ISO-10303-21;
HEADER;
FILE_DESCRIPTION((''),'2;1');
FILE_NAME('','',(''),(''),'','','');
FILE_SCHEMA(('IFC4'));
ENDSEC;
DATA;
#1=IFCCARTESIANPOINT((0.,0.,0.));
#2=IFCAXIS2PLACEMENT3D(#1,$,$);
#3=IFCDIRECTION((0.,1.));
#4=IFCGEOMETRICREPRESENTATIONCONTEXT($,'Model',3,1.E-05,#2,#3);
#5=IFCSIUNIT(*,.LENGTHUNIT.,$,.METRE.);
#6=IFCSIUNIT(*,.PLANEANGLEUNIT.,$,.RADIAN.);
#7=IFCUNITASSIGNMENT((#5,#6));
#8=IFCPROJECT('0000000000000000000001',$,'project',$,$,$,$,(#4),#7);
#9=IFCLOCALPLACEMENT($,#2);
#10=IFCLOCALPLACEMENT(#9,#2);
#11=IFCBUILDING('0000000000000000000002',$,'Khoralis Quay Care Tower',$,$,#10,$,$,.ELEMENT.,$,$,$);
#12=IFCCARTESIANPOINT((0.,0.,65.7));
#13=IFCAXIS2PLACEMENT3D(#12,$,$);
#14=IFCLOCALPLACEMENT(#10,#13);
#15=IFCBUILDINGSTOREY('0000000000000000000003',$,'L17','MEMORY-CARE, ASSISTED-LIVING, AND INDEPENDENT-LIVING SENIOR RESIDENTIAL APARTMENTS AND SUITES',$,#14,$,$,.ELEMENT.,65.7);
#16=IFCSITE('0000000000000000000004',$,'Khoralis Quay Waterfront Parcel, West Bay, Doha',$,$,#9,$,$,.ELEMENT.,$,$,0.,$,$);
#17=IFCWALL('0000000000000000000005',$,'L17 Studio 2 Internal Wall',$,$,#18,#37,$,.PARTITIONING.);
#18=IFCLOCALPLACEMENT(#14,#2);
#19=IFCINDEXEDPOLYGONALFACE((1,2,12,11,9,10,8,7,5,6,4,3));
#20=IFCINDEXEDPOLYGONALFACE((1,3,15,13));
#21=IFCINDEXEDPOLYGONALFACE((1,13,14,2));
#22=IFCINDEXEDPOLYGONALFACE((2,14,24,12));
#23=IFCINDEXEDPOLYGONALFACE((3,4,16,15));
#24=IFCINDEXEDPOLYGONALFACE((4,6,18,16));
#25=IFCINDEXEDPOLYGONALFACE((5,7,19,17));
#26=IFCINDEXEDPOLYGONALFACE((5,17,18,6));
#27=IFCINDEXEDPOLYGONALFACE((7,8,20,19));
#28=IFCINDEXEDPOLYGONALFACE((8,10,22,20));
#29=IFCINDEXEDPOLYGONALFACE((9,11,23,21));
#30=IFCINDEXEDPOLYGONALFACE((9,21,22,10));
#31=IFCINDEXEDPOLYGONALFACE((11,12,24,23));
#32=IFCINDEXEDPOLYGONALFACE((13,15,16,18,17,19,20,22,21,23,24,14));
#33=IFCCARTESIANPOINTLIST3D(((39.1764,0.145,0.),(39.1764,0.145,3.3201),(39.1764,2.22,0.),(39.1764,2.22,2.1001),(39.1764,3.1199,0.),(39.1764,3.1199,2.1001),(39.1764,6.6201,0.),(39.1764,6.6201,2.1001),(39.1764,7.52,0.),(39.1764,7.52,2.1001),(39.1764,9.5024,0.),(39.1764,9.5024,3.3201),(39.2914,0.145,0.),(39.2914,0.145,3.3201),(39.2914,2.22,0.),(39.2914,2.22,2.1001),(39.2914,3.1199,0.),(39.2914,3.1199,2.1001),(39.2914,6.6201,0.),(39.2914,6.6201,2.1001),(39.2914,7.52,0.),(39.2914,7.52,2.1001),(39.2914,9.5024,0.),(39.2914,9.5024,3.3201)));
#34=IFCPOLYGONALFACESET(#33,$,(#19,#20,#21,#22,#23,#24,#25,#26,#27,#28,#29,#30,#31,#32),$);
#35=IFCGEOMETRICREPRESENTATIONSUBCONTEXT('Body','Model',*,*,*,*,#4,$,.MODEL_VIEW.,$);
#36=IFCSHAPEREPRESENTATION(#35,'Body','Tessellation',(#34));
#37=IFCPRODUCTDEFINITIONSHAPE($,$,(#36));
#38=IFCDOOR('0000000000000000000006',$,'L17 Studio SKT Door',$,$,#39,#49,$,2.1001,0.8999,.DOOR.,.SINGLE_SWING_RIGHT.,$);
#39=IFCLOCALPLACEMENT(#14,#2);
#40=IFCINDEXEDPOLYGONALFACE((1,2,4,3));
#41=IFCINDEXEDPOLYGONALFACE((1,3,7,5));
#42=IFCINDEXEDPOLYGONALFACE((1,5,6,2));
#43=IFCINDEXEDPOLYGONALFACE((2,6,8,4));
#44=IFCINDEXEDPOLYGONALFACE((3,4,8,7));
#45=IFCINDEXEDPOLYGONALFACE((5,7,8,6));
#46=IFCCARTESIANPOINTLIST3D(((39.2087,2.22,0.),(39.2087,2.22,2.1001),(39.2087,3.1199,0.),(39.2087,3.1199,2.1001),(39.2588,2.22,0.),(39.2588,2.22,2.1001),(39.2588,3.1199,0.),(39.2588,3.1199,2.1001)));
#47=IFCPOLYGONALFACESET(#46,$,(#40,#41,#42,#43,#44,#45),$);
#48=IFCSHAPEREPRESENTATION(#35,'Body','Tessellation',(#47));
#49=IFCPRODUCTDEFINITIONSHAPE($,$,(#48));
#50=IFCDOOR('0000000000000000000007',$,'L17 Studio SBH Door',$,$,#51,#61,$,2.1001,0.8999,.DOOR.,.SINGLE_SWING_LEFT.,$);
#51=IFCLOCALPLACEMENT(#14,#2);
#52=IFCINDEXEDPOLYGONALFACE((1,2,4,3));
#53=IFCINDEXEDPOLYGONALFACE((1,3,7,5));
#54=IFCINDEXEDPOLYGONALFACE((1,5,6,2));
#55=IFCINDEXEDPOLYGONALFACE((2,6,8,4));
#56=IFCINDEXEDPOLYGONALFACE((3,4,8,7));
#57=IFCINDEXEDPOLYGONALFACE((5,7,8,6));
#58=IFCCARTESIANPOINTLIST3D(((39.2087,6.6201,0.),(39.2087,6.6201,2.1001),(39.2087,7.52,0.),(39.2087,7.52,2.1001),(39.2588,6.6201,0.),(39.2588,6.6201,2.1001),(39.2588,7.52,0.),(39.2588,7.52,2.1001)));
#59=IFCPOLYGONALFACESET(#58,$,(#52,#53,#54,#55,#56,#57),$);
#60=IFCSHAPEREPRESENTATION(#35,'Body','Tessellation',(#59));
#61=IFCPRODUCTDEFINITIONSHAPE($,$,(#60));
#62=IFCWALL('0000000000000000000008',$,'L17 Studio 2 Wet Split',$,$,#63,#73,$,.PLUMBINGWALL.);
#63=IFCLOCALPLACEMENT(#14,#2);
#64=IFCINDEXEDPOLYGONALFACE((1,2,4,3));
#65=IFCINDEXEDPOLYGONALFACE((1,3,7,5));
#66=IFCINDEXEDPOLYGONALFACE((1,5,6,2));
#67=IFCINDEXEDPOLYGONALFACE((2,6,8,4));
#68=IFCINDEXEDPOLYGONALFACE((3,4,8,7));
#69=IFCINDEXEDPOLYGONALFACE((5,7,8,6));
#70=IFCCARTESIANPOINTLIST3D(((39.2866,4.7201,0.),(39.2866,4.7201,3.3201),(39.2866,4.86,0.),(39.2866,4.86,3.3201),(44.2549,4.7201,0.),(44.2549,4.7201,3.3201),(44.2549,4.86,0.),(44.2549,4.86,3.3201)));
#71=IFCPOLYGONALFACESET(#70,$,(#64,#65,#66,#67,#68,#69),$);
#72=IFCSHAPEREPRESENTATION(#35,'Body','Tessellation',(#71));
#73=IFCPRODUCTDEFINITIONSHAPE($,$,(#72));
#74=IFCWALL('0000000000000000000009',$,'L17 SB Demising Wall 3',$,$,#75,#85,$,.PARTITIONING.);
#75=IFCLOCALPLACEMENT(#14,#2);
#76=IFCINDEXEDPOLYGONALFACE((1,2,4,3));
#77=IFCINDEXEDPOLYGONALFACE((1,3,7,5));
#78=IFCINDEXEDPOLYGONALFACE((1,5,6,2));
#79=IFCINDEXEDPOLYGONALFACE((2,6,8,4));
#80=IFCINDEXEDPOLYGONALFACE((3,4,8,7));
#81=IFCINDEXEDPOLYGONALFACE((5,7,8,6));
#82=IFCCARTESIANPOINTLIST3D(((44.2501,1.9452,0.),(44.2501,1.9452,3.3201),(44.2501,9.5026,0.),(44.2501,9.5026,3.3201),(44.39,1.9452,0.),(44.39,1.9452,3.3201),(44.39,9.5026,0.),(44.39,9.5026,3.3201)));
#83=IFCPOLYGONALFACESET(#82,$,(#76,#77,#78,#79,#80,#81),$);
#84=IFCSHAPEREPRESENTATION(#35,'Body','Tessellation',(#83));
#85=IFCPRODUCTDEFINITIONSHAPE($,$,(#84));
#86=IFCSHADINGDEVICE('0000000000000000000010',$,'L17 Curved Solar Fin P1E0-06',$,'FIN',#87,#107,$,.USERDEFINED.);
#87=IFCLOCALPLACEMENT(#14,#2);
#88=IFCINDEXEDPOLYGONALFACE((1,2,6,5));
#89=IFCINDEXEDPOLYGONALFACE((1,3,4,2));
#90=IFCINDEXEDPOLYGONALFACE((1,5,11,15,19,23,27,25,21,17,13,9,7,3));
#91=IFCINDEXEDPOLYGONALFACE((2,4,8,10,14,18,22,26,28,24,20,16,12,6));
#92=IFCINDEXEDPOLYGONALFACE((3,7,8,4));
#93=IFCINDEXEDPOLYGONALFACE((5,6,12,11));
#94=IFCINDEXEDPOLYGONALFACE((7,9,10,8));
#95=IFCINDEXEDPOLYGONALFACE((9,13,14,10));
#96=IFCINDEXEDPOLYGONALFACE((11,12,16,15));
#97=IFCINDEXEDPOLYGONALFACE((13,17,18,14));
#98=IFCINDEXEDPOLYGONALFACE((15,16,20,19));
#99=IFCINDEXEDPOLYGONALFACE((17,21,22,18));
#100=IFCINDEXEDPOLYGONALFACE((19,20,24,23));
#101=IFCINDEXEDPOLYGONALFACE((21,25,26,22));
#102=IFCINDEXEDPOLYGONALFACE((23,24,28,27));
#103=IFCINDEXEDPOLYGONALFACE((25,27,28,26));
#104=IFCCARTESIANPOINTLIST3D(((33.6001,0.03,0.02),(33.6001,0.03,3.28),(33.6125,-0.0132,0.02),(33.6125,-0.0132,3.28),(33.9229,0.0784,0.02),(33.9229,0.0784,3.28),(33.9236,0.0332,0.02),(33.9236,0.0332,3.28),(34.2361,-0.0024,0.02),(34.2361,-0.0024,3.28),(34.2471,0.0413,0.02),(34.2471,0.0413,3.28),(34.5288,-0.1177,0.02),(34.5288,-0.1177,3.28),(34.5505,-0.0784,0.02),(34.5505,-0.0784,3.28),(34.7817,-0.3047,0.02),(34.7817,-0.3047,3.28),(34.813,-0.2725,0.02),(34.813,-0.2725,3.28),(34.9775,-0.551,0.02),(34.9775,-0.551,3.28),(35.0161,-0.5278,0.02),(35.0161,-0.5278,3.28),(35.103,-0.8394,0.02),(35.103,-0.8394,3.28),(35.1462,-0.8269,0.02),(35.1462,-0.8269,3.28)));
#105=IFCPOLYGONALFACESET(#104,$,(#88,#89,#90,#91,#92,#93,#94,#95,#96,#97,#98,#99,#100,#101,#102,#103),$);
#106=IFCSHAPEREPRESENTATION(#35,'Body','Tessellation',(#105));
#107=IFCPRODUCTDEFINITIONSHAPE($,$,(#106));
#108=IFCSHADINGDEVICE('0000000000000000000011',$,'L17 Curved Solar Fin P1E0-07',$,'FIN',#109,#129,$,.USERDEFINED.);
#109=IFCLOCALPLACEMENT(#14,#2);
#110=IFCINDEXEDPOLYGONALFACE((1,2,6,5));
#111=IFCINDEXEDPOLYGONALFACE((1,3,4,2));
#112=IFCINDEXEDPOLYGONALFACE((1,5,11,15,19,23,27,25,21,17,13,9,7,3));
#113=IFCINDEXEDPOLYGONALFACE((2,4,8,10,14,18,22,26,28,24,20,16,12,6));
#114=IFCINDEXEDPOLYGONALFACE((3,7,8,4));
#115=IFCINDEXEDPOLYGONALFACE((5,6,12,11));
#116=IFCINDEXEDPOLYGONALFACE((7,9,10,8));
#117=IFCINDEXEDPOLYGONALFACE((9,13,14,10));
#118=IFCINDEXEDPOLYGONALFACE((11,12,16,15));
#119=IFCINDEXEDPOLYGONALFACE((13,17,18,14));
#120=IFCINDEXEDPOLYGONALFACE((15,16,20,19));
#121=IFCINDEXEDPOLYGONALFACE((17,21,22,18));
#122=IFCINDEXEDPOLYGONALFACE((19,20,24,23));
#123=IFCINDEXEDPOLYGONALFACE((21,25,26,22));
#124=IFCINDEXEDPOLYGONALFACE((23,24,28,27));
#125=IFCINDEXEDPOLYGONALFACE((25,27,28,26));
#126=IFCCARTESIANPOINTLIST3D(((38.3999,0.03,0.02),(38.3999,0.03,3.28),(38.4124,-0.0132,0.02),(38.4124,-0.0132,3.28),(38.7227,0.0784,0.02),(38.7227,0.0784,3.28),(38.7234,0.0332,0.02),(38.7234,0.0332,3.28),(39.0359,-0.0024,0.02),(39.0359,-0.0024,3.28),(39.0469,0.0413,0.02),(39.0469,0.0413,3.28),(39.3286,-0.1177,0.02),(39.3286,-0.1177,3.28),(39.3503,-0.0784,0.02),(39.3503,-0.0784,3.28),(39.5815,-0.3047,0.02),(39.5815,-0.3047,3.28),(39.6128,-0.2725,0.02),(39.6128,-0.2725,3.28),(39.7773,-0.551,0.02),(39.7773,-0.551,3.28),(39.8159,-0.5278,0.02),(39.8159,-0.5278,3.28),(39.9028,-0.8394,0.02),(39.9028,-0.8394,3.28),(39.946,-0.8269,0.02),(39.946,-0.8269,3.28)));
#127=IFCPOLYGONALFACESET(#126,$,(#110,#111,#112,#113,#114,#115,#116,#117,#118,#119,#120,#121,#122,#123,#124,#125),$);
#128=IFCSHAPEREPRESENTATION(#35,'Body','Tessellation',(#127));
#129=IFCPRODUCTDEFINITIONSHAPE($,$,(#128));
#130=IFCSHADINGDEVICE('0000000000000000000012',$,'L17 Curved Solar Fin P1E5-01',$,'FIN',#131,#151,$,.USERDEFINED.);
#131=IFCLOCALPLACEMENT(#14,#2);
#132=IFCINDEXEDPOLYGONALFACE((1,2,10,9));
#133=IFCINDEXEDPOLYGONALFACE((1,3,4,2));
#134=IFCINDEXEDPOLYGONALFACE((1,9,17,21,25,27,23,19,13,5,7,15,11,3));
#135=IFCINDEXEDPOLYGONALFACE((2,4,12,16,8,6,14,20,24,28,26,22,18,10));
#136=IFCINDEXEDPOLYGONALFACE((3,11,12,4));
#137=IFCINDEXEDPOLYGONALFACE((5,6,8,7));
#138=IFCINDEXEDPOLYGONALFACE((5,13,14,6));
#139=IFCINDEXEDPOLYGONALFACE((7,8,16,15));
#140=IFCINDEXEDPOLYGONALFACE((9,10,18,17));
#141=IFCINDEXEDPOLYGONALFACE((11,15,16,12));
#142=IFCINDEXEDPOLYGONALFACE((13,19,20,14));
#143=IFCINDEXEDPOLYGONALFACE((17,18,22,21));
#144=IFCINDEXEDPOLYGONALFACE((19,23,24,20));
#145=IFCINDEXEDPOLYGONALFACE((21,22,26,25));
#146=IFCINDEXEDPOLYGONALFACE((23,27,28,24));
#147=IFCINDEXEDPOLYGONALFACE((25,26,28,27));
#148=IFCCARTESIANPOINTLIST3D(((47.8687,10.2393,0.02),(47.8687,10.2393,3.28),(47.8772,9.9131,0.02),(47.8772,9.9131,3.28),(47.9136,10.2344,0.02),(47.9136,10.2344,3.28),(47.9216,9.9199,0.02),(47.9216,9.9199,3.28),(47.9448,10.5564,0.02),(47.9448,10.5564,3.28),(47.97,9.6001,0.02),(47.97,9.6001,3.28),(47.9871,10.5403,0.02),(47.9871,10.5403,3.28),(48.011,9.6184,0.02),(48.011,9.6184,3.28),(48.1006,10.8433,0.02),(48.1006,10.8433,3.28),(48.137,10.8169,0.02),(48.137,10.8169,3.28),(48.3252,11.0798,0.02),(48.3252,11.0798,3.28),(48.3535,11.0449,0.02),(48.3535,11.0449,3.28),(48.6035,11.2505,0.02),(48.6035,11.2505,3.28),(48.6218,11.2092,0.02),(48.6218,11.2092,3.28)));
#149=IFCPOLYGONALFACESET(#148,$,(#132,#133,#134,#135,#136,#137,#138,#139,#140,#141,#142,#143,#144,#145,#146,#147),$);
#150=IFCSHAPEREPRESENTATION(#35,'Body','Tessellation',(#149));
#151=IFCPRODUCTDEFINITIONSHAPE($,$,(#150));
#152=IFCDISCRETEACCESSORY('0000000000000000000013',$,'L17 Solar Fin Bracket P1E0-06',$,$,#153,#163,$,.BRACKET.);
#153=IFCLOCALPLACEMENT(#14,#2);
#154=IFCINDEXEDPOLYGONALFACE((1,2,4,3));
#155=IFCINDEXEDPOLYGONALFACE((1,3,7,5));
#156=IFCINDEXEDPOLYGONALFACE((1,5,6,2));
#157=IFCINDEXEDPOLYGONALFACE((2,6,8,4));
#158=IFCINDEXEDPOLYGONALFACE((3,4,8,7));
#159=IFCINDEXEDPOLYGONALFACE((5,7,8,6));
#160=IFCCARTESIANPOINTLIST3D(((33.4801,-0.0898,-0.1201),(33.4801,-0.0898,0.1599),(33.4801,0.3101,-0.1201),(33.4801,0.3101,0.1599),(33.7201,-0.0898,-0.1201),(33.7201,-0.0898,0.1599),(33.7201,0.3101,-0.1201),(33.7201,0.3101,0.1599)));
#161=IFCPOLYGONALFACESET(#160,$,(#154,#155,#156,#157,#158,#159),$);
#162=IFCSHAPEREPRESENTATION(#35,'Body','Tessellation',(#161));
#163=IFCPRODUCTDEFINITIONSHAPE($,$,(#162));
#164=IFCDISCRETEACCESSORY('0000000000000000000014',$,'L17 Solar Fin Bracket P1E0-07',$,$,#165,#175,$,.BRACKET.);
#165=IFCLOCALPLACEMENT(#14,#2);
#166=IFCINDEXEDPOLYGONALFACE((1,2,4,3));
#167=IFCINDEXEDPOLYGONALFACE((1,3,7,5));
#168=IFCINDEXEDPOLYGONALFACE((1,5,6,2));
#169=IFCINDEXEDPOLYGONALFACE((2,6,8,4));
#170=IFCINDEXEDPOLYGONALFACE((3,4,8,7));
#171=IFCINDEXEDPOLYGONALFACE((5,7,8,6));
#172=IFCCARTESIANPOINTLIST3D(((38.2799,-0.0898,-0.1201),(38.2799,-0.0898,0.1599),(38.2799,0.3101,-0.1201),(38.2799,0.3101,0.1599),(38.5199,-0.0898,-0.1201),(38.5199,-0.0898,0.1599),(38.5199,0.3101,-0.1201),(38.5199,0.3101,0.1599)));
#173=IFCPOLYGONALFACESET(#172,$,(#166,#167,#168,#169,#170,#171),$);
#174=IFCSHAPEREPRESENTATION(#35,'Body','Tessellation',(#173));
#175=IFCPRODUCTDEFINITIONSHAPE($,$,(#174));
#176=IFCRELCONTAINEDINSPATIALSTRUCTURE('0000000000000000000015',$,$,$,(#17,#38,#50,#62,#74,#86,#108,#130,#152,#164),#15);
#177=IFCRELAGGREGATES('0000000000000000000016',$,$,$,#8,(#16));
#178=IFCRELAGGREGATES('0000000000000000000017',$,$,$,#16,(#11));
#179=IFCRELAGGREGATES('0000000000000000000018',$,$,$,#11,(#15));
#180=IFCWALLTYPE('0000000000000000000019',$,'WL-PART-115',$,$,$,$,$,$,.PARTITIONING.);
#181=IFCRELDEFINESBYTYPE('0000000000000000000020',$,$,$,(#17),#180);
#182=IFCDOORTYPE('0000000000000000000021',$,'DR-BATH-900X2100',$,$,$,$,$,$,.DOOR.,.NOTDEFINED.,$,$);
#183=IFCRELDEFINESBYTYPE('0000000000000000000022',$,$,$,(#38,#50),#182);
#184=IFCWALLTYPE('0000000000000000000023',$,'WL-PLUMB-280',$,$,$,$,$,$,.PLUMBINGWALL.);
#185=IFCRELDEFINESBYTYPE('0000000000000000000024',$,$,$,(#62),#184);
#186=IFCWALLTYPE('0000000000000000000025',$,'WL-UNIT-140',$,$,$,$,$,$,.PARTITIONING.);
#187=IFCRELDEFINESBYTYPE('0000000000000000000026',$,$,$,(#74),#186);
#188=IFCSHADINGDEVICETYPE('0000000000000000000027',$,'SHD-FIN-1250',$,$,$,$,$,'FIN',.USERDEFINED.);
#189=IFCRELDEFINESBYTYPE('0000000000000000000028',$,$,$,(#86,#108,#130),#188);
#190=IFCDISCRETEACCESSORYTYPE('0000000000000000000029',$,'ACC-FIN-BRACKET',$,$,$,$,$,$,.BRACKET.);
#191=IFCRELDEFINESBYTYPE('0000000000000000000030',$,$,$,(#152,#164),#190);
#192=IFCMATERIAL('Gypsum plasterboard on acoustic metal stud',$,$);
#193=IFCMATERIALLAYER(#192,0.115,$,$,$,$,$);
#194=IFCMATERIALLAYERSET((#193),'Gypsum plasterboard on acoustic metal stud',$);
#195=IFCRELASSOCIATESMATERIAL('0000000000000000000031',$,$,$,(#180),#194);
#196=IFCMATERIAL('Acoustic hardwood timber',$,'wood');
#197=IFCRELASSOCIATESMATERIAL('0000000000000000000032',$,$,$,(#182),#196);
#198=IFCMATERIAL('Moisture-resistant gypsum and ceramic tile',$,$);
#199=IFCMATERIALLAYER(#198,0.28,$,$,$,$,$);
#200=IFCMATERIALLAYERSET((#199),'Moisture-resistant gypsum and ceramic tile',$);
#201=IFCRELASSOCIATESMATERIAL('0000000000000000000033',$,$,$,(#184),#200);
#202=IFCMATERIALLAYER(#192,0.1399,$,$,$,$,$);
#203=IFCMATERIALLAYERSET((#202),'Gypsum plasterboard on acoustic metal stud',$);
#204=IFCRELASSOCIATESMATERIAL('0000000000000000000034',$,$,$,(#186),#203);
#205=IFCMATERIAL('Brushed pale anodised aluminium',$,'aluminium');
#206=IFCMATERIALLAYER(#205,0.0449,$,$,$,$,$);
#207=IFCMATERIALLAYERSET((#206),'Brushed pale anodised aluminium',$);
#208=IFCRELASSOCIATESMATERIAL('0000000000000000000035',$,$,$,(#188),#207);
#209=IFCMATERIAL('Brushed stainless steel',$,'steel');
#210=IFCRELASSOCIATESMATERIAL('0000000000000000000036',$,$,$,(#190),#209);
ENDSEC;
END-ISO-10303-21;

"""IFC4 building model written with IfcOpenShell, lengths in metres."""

from ifc_helpers import new_model, si_unit, direction, frame, frame_2d, origin, origin_2d, place, context, subcontext, project, spatial, polyline, rectangle, outline, extrude, source, transform, mapped, material, layer, layer_set, type_object, element, fill, save


model = new_model("IFC4")

# Units and contexts
model_context = context("Model", 3, precision=1e-05, world=origin(), true_north=direction((0.0, 1.0)))
body_context = subcontext(model_context, "Body", "Model", "MODEL_VIEW")
ifc_project = project(units=[si_unit("LENGTHUNIT", "METRE"), si_unit("PLANEANGLEUNIT", "RADIAN")], contexts=[model_context])

# Site, building, storey
site_placement = place(None, origin())
site = spatial("IfcSite", under=ifc_project, at=site_placement, Name="Khoralis Quay Waterfront Parcel, West Bay, Doha", CompositionType="ELEMENT", RefElevation=0.0)
building_placement = place(site_placement, origin())
building = spatial("IfcBuilding", under=site, at=building_placement, Name="Khoralis Quay Care Tower", CompositionType="ELEMENT")
storey_placement = place(building_placement, frame((0.0, 0.0, 65.7)))
storey = spatial("IfcBuildingStorey", under=building, at=storey_placement, Name="L17", Description="MEMORY-CARE, ASSISTED-LIVING, AND INDEPENDENT-LIVING SENIOR RESIDENTIAL APARTMENTS AND SUITES", CompositionType="ELEMENT", Elevation=65.7)

# Shared definitions
ifc_material_1 = material(Name="Gypsum plasterboard on acoustic metal stud")

# Shared definitions
ifc_material_2 = material(Name="Acoustic hardwood timber", Category="wood")

# Wall, openings, doors
ifc_layer_1 = layer(ifc_material_1, 0.115)
ifc_layer_set_1 = layer_set([ifc_layer_1], Name="Gypsum plasterboard on acoustic metal stud")
wall_type_1 = type_object("IfcWallType", Name="WL-PART-115", PredefinedType="PARTITIONING", material=ifc_layer_set_1)
wall_1_placement = place(storey_placement, frame((39.2339, 0.145, 0.0), z_axis=(0.0, 0.0, 1.0), x_axis=(0.0, 1.0, 0.0)))
wall_1 = element("IfcWall", 1, at=wall_1_placement, inside=storey, type_object=wall_type_1, Name="L17 Studio 2 Internal Wall", PredefinedType="PARTITIONING", context=body_context, shape_type="SweptSolid", body=[
    extrude(rectangle(XDim=9.3574, YDim=0.115, at=frame_2d((4.6787, 0.0))), origin(), (0.0, 0.0, 1.0), 3.3201),
])
opening_1_placement = place(wall_1_placement, frame((2.075, 0.0, 0.0)))
opening_1 = element("IfcOpeningElement", 2, at=opening_1_placement, cuts=wall_1, PredefinedType="OPENING", context=body_context, shape_type="SweptSolid", body=[
    extrude(rectangle(XDim=0.8999, YDim=2.1001, at=frame_2d((0.45, 1.05))), frame((0.0, 0.0674, 0.0), z_axis=(0.0, -1.0, 0.0), x_axis=(1.0, 0.0, 0.0)), (0.0, 0.0, 1.0), 0.135),
])
opening_2_placement = place(wall_1_placement, frame((6.4751, 0.0, 0.0)))
opening_2 = element("IfcOpeningElement", 3, at=opening_2_placement, cuts=wall_1, PredefinedType="OPENING", context=body_context, shape_type="SweptSolid", body=[
    extrude(rectangle(XDim=0.8999, YDim=2.1001, at=frame_2d((0.45, 1.05))), frame((0.0, 0.0674, 0.0), z_axis=(0.0, -1.0, 0.0), x_axis=(1.0, 0.0, 0.0)), (0.0, 0.0, 1.0), 0.135),
])
door_type_1 = type_object("IfcDoorType", Name="DR-BATH-900X2100", OperationType="NOTDEFINED", PredefinedType="DOOR", material=ifc_material_2)
shared_shape_1 = source(origin(), body_context, "Body", "SweptSolid", [
    extrude(rectangle(XDim=0.8999, YDim=2.1001, at=frame_2d((0.45, 1.05))), frame((0.0, 0.0249, 0.0), z_axis=(0.0, -1.0, 0.0), x_axis=(1.0, 0.0, 0.0)), (0.0, 0.0, 1.0), 0.05),
])
door_1_placement = place(opening_1_placement, frame((0.8999, 0.0, 0.0), z_axis=(0.0, 0.0, 1.0), x_axis=(-1.0, 0.0, 0.0)))
door_1 = element("IfcDoor", 4, at=door_1_placement, inside=storey, type_object=door_type_1, Name="L17 Studio SKT Door", OperationType="SINGLE_SWING_RIGHT", OverallHeight=2.1001, OverallWidth=0.8999, PredefinedType="DOOR", context=body_context, shape_type="MappedRepresentation", body=[
    mapped(shared_shape_1, transform((0.0, 0.0, 0.0), scale=1.0)),
])
fill(opening_1, door_1)
door_2_placement = place(opening_2_placement, frame((0.8999, 0.0, 0.0), z_axis=(0.0, 0.0, 1.0), x_axis=(-1.0, 0.0, 0.0)))
door_2 = element("IfcDoor", 5, at=door_2_placement, inside=storey, type_object=door_type_1, Name="L17 Studio SBH Door", OperationType="SINGLE_SWING_LEFT", OverallHeight=2.1001, OverallWidth=0.8999, PredefinedType="DOOR", context=body_context, shape_type="MappedRepresentation", body=[
    mapped(shared_shape_1, transform((0.0, 0.0, 0.0), scale=1.0)),
])
fill(opening_2, door_2)

# Walls
ifc_material_3 = material(Name="Moisture-resistant gypsum and ceramic tile")
ifc_layer_2 = layer(ifc_material_3, 0.28)
ifc_layer_set_2 = layer_set([ifc_layer_2], Name="Moisture-resistant gypsum and ceramic tile")
wall_type_2 = type_object("IfcWallType", Name="WL-PLUMB-280", PredefinedType="PLUMBINGWALL", material=ifc_layer_set_2)
wall_2_placement = place(storey_placement, frame((39.2866, 4.79, 0.0), z_axis=(0.0, 0.0, 1.0), x_axis=(1.0, 0.0, 0.0)))
element("IfcWall", 6, at=wall_2_placement, inside=storey, type_object=wall_type_2, Name="L17 Studio 2 Wet Split", PredefinedType="PLUMBINGWALL", context=body_context, shape_type="SweptSolid", body=[
    extrude(rectangle(XDim=4.9683, YDim=0.1399, at=frame_2d((2.4841, 0.0))), origin(), (0.0, 0.0, 1.0), 3.3201),
])
ifc_layer_3 = layer(ifc_material_1, 0.1399)
ifc_layer_set_3 = layer_set([ifc_layer_3], Name="Gypsum plasterboard on acoustic metal stud")
wall_type_3 = type_object("IfcWallType", Name="WL-UNIT-140", PredefinedType="PARTITIONING", material=ifc_layer_set_3)
wall_3_placement = place(storey_placement, frame((44.3201, 1.9451, 0.0), z_axis=(0.0, 0.0, 1.0), x_axis=(0.0, 1.0, 0.0)))
element("IfcWall", 7, at=wall_3_placement, inside=storey, type_object=wall_type_3, Name="L17 SB Demising Wall 3", PredefinedType="PARTITIONING", context=body_context, shape_type="SweptSolid", body=[
    extrude(rectangle(XDim=7.5574, YDim=0.1399, at=frame_2d((3.7788, 0.0))), origin(), (0.0, 0.0, 1.0), 3.3201),
])

# Shading devices
ifc_material_4 = material(Name="Brushed pale anodised aluminium", Category="aluminium")
ifc_layer_4 = layer(ifc_material_4, 0.0449)
ifc_layer_set_4 = layer_set([ifc_layer_4], Name="Brushed pale anodised aluminium")
shading_device_type = type_object("IfcShadingDeviceType", Name="SHD-FIN-1250", ElementType="FIN", PredefinedType="USERDEFINED", material=ifc_layer_set_4)
shared_shape_2 = source(origin(), body_context, "Body", "SweptSolid", [
    extrude(outline(polyline([(0.0, 0.0), (-0.0483, 0.3228), (-0.0112, 0.647), (0.1084, 0.9504), (0.3025, 1.2129), (0.5579, 1.416), (0.8569, 1.5461), (0.8694, 1.5029), (0.5811, 1.3774), (0.3347, 1.1816), (0.1477, 0.9287), (0.0325, 0.636), (-0.0032, 0.3235), (0.0432, 0.0125), (0.0, 0.0)])), origin(), (0.0, 0.0, 1.0), 3.26),
])
for number, where, z_axis, x_axis, name in (
    (8, (33.6001, 0.03, 0.02), (0.0, 0.0, 1.0), (0.0, -1.0, 0.0), "L17 Curved Solar Fin P1E0-06"),
    (9, (38.3999, 0.03, 0.02), (0.0, 0.0, 1.0), (0.0, -1.0, 0.0), "L17 Curved Solar Fin P1E0-07"),
):
    element("IfcShadingDevice", number, at=place(storey_placement, frame(where, z_axis=z_axis, x_axis=x_axis)), inside=storey, type_object=shading_device_type, Name=name, ObjectType="FIN", PredefinedType="USERDEFINED", context=body_context, shape_type="MappedRepresentation", body=[
        mapped(shared_shape_2, transform((0.0, 0.0, 0.0), scale=1.0)),
    ])
shared_shape_3 = source(origin(), body_context, "Body", "SweptSolid", [
    extrude(outline(polyline([(0.0, 0.0), (-0.0928, 0.313), (-0.1013, 0.6392), (-0.0251, 0.9563), (0.1306, 1.2432), (0.3552, 1.4797), (0.6335, 1.6504), (0.6519, 1.6091), (0.3835, 1.4448), (0.167, 1.2168), (0.0171, 0.9402), (-0.0564, 0.6343), (-0.0483, 0.3198), (0.041, 0.0183), (0.0, 0.0)])), origin(), (0.0, 0.0, 1.0), 3.26),
])
shading_device_placement = place(storey_placement, frame((47.97, 9.6001, 0.02), z_axis=(0.0, 0.0, 1.0), x_axis=(1.0, 0.0, 0.0)))
element("IfcShadingDevice", 10, at=shading_device_placement, inside=storey, type_object=shading_device_type, Name="L17 Curved Solar Fin P1E5-01", ObjectType="FIN", PredefinedType="USERDEFINED", context=body_context, shape_type="MappedRepresentation", body=[
    mapped(shared_shape_3, transform((0.0, 0.0, 0.0), scale=1.0)),
])

# Discrete accessories
ifc_material_5 = material(Name="Brushed stainless steel", Category="steel")
discrete_accessory_type = type_object("IfcDiscreteAccessoryType", Name="ACC-FIN-BRACKET", PredefinedType="BRACKET", material=ifc_material_5)
shared_shape_4 = source(origin(), body_context, "Body", "SweptSolid", [
    extrude(rectangle(XDim=0.3999, YDim=0.24, at=origin_2d()), origin(), (0.0, 0.0, 1.0), 0.28),
])
for number, where, z_axis, x_axis, name in (
    (11, (33.6001, 0.1101, -0.1201), (0.0, 0.0, 1.0), (0.0, -1.0, 0.0), "L17 Solar Fin Bracket P1E0-06"),
    (12, (38.3999, 0.1101, -0.1201), (0.0, 0.0, 1.0), (0.0, -1.0, 0.0), "L17 Solar Fin Bracket P1E0-07"),
):
    element("IfcDiscreteAccessory", number, at=place(storey_placement, frame(where, z_axis=z_axis, x_axis=x_axis)), inside=storey, type_object=discrete_accessory_type, Name=name, PredefinedType="BRACKET", context=body_context, shape_type="MappedRepresentation", body=[
        mapped(shared_shape_4, transform((0.0, 0.0, 0.0), scale=1.0)),
    ])

save(model, "model.ifc")
